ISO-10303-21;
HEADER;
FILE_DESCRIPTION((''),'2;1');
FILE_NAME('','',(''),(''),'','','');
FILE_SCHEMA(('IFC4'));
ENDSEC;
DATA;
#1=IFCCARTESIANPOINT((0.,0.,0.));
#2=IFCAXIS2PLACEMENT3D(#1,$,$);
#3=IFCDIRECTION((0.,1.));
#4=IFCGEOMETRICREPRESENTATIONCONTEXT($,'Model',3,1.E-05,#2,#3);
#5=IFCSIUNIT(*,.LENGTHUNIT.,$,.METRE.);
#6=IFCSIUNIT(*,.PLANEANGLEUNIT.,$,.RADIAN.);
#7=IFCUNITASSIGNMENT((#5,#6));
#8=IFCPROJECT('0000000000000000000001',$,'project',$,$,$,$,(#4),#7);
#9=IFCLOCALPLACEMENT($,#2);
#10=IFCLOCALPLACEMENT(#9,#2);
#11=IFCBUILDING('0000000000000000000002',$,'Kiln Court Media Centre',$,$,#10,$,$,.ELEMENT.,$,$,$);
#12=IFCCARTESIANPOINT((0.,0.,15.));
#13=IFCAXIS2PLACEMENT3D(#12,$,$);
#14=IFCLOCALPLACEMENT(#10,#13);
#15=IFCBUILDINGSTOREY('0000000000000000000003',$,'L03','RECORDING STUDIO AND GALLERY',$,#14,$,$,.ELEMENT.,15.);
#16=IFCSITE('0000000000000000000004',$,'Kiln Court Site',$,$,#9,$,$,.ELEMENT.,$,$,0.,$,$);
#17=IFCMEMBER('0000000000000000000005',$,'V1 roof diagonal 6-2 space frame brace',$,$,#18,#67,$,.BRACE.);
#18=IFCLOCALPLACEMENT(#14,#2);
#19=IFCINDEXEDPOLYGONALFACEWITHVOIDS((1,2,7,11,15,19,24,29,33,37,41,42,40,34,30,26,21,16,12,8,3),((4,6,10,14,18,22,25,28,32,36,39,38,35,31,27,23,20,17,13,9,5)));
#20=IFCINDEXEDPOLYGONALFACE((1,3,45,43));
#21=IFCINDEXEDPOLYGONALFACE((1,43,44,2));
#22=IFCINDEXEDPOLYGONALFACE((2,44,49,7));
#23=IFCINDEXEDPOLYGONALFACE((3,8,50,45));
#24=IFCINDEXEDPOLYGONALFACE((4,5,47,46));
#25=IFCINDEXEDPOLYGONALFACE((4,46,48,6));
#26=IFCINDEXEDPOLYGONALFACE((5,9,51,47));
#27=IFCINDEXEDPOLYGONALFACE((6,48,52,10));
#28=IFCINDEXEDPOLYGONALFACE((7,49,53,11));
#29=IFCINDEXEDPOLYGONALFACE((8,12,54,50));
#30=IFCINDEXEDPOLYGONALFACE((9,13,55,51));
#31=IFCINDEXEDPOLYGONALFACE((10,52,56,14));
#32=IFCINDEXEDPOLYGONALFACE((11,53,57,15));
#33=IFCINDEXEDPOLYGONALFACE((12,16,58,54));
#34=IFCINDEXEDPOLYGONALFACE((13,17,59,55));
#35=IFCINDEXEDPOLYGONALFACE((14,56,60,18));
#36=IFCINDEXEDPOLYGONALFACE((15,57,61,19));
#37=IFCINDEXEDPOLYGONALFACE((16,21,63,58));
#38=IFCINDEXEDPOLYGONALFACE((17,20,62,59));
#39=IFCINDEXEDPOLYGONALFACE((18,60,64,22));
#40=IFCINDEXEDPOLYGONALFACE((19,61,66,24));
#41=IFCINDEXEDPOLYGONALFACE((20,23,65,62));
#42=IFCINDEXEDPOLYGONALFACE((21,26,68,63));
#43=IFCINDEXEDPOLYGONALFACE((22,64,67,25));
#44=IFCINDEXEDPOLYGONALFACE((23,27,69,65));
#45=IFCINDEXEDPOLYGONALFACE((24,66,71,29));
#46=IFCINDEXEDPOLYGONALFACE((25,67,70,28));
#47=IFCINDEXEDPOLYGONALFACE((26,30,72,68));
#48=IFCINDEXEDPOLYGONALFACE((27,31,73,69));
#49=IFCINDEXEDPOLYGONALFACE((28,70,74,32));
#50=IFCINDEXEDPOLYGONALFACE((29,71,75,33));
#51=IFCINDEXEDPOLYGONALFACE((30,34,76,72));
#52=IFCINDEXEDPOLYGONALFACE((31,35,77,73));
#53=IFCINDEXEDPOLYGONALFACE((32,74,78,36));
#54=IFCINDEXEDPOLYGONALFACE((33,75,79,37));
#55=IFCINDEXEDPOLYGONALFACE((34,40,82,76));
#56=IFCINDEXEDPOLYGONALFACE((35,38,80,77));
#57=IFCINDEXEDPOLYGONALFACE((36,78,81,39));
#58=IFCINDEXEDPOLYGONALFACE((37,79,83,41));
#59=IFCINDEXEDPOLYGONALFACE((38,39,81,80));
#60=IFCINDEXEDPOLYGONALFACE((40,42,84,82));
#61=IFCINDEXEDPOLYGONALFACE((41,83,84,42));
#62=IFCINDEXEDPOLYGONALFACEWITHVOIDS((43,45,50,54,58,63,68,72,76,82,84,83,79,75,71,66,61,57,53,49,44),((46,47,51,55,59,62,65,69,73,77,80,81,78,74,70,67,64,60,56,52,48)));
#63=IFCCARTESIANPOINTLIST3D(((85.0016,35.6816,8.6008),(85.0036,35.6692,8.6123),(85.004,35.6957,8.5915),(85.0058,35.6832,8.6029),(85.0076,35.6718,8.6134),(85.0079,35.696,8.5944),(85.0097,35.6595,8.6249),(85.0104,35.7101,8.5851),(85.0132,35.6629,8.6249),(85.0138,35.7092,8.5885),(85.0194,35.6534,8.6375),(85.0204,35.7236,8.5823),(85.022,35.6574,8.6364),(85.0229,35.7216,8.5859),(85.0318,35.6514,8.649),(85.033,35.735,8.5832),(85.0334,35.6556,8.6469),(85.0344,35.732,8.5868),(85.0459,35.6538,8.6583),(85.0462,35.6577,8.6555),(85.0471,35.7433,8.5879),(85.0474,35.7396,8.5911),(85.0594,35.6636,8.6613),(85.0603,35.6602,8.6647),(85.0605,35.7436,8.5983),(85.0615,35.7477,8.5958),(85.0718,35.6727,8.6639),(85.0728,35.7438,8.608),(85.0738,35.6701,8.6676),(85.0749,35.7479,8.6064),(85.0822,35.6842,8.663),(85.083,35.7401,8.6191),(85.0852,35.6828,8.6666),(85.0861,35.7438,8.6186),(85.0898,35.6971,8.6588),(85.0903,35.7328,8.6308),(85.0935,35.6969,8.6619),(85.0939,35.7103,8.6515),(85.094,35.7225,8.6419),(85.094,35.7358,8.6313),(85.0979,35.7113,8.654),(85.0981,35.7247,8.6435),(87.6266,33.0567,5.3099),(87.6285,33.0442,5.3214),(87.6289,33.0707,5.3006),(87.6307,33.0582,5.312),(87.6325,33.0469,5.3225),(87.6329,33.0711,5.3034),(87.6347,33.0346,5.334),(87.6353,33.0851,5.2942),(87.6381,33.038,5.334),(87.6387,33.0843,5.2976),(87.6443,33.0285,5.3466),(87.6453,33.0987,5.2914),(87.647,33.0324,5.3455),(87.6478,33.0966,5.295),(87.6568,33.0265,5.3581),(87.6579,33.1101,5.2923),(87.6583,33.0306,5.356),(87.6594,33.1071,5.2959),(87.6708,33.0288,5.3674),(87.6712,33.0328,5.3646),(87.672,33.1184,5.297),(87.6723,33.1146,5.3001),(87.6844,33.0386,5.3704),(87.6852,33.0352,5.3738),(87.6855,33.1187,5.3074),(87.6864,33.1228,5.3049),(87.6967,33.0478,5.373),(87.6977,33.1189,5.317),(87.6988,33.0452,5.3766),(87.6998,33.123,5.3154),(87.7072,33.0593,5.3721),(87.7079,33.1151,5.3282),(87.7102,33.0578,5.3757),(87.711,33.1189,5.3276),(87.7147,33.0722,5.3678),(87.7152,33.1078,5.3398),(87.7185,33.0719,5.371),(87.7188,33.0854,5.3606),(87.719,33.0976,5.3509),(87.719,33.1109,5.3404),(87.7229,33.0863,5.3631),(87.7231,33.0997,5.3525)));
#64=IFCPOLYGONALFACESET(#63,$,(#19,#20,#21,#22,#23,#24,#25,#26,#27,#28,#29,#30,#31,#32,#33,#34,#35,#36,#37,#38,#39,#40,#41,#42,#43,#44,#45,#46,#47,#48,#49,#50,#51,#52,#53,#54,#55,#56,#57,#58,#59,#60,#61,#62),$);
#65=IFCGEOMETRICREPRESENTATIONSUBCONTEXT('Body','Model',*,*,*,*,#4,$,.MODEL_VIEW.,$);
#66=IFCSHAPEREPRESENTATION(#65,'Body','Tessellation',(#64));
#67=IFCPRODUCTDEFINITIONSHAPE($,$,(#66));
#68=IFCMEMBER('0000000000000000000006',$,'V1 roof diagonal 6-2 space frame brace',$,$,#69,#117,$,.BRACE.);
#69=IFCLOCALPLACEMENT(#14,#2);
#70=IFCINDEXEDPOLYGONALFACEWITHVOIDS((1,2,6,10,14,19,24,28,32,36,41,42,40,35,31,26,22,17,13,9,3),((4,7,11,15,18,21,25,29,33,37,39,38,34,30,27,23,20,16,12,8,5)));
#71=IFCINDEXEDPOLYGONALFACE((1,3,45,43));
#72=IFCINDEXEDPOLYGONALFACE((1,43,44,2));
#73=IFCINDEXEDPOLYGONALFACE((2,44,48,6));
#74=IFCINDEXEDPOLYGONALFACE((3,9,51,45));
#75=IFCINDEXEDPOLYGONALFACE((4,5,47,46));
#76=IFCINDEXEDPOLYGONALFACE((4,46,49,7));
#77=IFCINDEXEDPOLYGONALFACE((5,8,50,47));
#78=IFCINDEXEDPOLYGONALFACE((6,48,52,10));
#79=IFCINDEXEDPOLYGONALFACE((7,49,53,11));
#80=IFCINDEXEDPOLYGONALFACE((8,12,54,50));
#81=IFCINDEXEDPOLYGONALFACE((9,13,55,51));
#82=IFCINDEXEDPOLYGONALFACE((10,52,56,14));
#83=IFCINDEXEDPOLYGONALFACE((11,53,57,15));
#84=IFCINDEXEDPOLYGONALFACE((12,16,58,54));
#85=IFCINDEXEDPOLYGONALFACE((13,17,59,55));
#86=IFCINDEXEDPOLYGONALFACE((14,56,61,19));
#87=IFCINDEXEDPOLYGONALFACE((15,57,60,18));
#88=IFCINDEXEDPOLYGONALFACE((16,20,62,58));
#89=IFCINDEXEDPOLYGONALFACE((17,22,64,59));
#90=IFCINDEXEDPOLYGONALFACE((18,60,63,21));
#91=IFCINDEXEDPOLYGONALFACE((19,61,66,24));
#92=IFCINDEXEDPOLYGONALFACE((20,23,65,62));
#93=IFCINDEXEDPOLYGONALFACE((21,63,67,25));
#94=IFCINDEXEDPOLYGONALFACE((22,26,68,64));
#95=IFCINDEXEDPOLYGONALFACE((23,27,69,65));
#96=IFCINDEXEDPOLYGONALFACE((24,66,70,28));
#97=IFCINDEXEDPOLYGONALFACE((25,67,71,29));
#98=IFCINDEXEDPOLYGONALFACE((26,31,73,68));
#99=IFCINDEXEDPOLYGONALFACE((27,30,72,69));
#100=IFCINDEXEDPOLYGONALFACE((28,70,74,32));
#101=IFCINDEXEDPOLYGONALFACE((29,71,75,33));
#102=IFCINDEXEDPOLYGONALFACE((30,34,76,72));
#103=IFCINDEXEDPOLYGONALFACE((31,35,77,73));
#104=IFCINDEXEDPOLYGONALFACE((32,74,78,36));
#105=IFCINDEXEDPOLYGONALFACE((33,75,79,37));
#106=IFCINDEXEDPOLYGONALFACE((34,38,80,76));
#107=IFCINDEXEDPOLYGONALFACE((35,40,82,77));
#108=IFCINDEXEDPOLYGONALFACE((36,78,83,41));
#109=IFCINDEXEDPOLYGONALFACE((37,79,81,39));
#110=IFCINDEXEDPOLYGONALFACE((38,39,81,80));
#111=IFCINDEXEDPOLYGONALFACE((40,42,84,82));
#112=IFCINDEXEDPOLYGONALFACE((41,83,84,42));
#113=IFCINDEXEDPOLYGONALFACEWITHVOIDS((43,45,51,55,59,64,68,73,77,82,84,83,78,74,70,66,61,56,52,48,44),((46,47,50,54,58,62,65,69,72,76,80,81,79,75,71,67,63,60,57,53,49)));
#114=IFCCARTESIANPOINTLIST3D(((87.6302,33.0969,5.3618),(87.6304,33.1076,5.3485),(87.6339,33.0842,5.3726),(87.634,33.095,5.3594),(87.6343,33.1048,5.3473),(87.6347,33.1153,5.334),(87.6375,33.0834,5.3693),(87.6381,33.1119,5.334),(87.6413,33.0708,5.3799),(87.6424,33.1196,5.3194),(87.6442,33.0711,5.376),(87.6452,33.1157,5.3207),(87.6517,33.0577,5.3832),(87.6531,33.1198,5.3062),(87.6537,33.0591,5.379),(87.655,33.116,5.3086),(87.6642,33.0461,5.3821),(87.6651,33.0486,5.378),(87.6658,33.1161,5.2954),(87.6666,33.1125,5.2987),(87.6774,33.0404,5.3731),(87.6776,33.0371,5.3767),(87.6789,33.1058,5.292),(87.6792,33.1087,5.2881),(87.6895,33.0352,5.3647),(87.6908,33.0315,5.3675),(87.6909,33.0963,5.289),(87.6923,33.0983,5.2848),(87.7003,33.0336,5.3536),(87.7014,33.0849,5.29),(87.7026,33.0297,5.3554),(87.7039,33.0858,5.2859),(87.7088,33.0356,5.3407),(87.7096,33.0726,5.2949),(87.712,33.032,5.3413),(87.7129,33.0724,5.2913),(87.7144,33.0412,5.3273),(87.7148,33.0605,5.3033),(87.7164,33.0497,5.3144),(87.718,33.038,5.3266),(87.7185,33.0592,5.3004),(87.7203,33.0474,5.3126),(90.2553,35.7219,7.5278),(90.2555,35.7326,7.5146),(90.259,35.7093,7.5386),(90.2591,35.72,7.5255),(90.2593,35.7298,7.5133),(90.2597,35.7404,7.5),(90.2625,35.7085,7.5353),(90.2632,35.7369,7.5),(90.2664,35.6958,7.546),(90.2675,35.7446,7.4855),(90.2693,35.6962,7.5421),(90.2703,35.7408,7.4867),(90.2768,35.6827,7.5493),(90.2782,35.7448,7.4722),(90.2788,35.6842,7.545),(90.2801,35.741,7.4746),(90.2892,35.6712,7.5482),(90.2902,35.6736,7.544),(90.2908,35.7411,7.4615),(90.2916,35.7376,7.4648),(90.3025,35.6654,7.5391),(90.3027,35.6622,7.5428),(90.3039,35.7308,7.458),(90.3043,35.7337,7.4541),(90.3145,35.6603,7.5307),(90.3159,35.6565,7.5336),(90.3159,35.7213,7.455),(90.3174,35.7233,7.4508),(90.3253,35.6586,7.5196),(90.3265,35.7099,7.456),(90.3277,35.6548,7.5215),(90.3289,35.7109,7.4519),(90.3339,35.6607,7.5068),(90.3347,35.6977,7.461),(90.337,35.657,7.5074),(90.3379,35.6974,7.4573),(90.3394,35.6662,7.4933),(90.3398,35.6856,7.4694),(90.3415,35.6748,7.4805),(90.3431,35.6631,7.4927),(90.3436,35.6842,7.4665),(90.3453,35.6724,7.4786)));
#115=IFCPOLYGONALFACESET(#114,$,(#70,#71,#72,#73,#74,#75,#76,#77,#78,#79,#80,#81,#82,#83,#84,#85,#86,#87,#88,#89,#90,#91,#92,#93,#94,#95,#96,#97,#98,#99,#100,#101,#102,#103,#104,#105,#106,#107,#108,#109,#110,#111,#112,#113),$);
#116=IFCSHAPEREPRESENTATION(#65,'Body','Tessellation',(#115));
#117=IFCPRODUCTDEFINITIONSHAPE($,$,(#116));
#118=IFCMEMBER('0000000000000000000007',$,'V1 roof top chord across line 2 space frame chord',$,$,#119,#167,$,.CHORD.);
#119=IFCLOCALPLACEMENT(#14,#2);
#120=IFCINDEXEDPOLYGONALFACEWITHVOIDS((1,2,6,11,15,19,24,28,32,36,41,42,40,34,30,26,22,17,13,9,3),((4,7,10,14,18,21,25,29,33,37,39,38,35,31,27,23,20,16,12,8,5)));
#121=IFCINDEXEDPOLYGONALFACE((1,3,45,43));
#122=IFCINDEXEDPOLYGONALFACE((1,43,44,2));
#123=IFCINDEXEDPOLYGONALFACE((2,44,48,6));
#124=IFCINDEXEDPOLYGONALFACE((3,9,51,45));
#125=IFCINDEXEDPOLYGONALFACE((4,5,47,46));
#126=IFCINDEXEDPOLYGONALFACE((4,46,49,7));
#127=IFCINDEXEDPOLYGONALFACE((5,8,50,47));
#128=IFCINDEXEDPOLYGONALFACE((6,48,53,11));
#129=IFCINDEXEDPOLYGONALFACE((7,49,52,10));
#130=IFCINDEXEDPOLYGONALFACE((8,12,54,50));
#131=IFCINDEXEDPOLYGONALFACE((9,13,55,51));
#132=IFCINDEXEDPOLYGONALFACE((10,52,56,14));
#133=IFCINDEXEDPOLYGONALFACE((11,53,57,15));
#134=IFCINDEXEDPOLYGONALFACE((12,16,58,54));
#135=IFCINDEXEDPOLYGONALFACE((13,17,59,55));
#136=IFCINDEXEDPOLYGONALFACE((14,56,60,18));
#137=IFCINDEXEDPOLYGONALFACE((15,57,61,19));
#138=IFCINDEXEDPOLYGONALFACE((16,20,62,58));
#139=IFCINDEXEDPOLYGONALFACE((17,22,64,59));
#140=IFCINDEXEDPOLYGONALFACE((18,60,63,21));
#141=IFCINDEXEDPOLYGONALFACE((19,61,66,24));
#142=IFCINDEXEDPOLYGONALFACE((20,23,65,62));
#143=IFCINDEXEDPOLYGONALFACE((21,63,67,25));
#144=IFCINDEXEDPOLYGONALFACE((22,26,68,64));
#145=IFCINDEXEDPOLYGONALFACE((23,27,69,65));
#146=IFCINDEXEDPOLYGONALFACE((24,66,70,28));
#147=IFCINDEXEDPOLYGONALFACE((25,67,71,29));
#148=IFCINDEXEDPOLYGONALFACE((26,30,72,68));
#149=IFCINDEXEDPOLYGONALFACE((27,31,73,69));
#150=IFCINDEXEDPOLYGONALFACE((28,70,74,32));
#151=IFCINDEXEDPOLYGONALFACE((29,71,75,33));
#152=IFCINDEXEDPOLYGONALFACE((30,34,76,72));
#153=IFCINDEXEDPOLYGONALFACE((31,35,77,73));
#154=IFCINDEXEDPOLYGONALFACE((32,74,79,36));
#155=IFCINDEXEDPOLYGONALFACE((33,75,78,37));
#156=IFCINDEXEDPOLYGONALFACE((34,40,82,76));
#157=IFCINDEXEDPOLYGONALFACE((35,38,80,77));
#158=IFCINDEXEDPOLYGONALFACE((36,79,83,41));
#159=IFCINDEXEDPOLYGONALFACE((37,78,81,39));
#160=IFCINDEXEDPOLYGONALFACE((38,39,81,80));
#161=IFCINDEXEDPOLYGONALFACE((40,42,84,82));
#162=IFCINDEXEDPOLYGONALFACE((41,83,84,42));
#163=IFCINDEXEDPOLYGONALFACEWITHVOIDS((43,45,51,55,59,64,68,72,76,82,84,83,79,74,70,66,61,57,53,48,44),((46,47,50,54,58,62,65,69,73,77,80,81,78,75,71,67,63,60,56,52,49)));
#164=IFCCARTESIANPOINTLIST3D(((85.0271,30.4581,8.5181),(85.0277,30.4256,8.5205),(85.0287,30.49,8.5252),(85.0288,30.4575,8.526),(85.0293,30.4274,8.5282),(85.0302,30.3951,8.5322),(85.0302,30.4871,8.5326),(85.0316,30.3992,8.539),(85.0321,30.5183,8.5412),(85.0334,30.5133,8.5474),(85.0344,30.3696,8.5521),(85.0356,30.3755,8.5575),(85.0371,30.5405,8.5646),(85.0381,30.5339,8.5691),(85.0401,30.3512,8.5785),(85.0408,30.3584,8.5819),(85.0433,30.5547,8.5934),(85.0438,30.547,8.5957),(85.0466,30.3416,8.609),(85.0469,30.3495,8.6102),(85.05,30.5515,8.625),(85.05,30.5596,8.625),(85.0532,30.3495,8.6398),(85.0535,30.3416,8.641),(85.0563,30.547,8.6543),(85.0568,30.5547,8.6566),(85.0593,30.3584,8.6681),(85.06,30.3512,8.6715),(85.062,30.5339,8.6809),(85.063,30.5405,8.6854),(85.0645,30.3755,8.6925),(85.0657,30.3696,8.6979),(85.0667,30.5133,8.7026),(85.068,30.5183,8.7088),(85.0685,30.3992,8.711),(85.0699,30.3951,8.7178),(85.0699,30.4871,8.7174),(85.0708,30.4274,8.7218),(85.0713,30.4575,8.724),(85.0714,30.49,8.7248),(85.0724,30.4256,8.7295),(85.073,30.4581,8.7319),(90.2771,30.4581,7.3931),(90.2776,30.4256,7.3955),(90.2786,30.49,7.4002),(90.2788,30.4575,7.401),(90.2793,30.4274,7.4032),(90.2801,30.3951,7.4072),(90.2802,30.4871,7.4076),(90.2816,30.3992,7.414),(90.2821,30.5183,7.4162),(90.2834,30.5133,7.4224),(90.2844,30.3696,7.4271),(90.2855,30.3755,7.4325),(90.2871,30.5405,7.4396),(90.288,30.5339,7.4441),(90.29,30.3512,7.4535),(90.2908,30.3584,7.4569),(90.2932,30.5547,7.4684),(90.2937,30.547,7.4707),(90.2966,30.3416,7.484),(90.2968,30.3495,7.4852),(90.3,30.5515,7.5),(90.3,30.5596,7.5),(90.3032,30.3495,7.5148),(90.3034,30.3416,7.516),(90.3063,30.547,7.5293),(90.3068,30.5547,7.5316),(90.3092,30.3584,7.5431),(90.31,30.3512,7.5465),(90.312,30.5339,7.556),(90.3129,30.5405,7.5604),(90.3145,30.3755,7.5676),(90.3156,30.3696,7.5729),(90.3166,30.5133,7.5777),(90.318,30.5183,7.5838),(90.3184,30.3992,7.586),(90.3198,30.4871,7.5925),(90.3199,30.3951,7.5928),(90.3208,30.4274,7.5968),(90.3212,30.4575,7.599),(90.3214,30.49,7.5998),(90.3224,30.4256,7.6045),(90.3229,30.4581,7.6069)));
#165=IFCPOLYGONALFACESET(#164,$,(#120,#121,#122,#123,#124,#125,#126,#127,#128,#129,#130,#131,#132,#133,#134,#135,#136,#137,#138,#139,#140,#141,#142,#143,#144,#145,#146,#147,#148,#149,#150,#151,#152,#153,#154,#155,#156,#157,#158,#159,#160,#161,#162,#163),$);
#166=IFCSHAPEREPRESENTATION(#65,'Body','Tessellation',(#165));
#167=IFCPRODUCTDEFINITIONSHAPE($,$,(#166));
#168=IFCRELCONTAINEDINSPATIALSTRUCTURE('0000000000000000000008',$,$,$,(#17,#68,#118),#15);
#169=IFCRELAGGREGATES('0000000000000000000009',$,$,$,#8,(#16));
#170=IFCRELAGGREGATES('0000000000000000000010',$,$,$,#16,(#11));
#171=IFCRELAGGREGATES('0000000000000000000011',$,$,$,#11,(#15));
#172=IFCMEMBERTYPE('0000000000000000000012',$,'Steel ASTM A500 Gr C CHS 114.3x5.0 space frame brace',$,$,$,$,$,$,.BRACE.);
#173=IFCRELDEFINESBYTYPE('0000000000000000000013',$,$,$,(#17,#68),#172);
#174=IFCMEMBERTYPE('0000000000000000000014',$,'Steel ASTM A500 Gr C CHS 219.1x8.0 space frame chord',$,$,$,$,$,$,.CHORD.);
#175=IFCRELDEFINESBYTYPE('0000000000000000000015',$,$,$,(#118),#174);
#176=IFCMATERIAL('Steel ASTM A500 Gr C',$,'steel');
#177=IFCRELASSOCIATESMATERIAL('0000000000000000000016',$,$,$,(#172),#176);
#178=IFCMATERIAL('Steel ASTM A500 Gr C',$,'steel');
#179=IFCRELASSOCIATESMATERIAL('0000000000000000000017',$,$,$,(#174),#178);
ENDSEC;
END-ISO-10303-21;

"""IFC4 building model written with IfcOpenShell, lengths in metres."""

from ifc_helpers import new_model, si_unit, direction, frame, origin, origin_2d, place, context, subcontext, project, spatial, hollow_circle, extrude, material, material_profile, profile_set, type_object, element, save


model = new_model("IFC4")

# Units and contexts
model_context = context("Model", 3, precision=1e-05, world=origin(), true_north=direction((0.0, 1.0)))
body_context = subcontext(model_context, "Body", "Model", "MODEL_VIEW")
ifc_project = project(units=[si_unit("LENGTHUNIT", "METRE"), si_unit("PLANEANGLEUNIT", "RADIAN")], contexts=[model_context])

# Site, building, storey
site_placement = place(None, origin())
site = spatial("IfcSite", under=ifc_project, at=site_placement, Name="Kiln Court Site", CompositionType="ELEMENT", RefElevation=0.0)
building_placement = place(site_placement, origin())
building = spatial("IfcBuilding", under=site, at=building_placement, Name="Kiln Court Media Centre", CompositionType="ELEMENT")
storey_placement = place(building_placement, frame((0.0, 0.0, 15.0)))
storey = spatial("IfcBuildingStorey", under=building, at=storey_placement, Name="L03", Description="RECORDING STUDIO AND GALLERY", CompositionType="ELEMENT", Elevation=15.0)

# Members
ifc_material_1 = material(Name="Steel ASTM A500 Gr C", Category="steel")
ifc_material_profile_1 = material_profile(ifc_material_1, hollow_circle(Radius=0.0571, WallThickness=0.0049, at=origin_2d()), Name="CHS 114.3x5.0")
ifc_profile_set_1 = profile_set([ifc_material_profile_1], Name="Steel ASTM A500 Gr C")
member_type_1 = type_object("IfcMemberType", Name="Steel ASTM A500 Gr C CHS 114.3x5.0 space frame brace", PredefinedType="BRACE", material=ifc_profile_set_1)
member_1_placement = place(storey_placement, frame((87.675, 33.075, 5.334), z_axis=(-0.529122, 0.529122, 0.663371), x_axis=(-0.707107, -0.707107, 0.0)))
element("IfcMember", 1, at=member_1_placement, inside=storey, type_object=member_type_1, Name="V1 roof diagonal 6-2 space frame brace", PredefinedType="BRACE", context=body_context, shape_type="SweptSolid", body=[
    extrude(hollow_circle(Radius=0.0571, WallThickness=0.0049, at=origin_2d()), origin(), (0.0, 0.0, 1.0), 4.9609),
])
member_2_placement = place(storey_placement, frame((87.675, 33.075, 5.334), z_axis=(0.610748, 0.610748, 0.503958), x_axis=(-0.707107, 0.707107, 0.0)))
element("IfcMember", 2, at=member_2_placement, inside=storey, type_object=member_type_1, Name="V1 roof diagonal 6-2 space frame brace", PredefinedType="BRACE", context=body_context, shape_type="SweptSolid", body=[
    extrude(hollow_circle(Radius=0.0571, WallThickness=0.0049, at=origin_2d()), origin(), (0.0, 0.0, 1.0), 4.2981),
])
ifc_material_2 = material(Name="Steel ASTM A500 Gr C", Category="steel")
ifc_material_profile_2 = material_profile(ifc_material_2, hollow_circle(Radius=0.1096, WallThickness=0.0081, at=origin_2d()), Name="CHS 219.1x8.0")
ifc_profile_set_2 = profile_set([ifc_material_profile_2], Name="Steel ASTM A500 Gr C")
member_type_2 = type_object("IfcMemberType", Name="Steel ASTM A500 Gr C CHS 219.1x8.0 space frame chord", PredefinedType="CHORD", material=ifc_profile_set_2)
member_3_placement = place(storey_placement, frame((85.05, 30.45, 8.625), z_axis=(0.977802, 0.0, -0.209529), x_axis=(0.0, 1.0, 0.0)))
element("IfcMember", 3, at=member_3_placement, inside=storey, type_object=member_type_2, Name="V1 roof top chord across line 2 space frame chord", PredefinedType="CHORD", context=body_context, shape_type="SweptSolid", body=[
    extrude(hollow_circle(Radius=0.1096, WallThickness=0.0081, at=origin_2d()), origin(), (0.0, 0.0, 1.0), 5.3691),
])

save(model, "model.ifc")
